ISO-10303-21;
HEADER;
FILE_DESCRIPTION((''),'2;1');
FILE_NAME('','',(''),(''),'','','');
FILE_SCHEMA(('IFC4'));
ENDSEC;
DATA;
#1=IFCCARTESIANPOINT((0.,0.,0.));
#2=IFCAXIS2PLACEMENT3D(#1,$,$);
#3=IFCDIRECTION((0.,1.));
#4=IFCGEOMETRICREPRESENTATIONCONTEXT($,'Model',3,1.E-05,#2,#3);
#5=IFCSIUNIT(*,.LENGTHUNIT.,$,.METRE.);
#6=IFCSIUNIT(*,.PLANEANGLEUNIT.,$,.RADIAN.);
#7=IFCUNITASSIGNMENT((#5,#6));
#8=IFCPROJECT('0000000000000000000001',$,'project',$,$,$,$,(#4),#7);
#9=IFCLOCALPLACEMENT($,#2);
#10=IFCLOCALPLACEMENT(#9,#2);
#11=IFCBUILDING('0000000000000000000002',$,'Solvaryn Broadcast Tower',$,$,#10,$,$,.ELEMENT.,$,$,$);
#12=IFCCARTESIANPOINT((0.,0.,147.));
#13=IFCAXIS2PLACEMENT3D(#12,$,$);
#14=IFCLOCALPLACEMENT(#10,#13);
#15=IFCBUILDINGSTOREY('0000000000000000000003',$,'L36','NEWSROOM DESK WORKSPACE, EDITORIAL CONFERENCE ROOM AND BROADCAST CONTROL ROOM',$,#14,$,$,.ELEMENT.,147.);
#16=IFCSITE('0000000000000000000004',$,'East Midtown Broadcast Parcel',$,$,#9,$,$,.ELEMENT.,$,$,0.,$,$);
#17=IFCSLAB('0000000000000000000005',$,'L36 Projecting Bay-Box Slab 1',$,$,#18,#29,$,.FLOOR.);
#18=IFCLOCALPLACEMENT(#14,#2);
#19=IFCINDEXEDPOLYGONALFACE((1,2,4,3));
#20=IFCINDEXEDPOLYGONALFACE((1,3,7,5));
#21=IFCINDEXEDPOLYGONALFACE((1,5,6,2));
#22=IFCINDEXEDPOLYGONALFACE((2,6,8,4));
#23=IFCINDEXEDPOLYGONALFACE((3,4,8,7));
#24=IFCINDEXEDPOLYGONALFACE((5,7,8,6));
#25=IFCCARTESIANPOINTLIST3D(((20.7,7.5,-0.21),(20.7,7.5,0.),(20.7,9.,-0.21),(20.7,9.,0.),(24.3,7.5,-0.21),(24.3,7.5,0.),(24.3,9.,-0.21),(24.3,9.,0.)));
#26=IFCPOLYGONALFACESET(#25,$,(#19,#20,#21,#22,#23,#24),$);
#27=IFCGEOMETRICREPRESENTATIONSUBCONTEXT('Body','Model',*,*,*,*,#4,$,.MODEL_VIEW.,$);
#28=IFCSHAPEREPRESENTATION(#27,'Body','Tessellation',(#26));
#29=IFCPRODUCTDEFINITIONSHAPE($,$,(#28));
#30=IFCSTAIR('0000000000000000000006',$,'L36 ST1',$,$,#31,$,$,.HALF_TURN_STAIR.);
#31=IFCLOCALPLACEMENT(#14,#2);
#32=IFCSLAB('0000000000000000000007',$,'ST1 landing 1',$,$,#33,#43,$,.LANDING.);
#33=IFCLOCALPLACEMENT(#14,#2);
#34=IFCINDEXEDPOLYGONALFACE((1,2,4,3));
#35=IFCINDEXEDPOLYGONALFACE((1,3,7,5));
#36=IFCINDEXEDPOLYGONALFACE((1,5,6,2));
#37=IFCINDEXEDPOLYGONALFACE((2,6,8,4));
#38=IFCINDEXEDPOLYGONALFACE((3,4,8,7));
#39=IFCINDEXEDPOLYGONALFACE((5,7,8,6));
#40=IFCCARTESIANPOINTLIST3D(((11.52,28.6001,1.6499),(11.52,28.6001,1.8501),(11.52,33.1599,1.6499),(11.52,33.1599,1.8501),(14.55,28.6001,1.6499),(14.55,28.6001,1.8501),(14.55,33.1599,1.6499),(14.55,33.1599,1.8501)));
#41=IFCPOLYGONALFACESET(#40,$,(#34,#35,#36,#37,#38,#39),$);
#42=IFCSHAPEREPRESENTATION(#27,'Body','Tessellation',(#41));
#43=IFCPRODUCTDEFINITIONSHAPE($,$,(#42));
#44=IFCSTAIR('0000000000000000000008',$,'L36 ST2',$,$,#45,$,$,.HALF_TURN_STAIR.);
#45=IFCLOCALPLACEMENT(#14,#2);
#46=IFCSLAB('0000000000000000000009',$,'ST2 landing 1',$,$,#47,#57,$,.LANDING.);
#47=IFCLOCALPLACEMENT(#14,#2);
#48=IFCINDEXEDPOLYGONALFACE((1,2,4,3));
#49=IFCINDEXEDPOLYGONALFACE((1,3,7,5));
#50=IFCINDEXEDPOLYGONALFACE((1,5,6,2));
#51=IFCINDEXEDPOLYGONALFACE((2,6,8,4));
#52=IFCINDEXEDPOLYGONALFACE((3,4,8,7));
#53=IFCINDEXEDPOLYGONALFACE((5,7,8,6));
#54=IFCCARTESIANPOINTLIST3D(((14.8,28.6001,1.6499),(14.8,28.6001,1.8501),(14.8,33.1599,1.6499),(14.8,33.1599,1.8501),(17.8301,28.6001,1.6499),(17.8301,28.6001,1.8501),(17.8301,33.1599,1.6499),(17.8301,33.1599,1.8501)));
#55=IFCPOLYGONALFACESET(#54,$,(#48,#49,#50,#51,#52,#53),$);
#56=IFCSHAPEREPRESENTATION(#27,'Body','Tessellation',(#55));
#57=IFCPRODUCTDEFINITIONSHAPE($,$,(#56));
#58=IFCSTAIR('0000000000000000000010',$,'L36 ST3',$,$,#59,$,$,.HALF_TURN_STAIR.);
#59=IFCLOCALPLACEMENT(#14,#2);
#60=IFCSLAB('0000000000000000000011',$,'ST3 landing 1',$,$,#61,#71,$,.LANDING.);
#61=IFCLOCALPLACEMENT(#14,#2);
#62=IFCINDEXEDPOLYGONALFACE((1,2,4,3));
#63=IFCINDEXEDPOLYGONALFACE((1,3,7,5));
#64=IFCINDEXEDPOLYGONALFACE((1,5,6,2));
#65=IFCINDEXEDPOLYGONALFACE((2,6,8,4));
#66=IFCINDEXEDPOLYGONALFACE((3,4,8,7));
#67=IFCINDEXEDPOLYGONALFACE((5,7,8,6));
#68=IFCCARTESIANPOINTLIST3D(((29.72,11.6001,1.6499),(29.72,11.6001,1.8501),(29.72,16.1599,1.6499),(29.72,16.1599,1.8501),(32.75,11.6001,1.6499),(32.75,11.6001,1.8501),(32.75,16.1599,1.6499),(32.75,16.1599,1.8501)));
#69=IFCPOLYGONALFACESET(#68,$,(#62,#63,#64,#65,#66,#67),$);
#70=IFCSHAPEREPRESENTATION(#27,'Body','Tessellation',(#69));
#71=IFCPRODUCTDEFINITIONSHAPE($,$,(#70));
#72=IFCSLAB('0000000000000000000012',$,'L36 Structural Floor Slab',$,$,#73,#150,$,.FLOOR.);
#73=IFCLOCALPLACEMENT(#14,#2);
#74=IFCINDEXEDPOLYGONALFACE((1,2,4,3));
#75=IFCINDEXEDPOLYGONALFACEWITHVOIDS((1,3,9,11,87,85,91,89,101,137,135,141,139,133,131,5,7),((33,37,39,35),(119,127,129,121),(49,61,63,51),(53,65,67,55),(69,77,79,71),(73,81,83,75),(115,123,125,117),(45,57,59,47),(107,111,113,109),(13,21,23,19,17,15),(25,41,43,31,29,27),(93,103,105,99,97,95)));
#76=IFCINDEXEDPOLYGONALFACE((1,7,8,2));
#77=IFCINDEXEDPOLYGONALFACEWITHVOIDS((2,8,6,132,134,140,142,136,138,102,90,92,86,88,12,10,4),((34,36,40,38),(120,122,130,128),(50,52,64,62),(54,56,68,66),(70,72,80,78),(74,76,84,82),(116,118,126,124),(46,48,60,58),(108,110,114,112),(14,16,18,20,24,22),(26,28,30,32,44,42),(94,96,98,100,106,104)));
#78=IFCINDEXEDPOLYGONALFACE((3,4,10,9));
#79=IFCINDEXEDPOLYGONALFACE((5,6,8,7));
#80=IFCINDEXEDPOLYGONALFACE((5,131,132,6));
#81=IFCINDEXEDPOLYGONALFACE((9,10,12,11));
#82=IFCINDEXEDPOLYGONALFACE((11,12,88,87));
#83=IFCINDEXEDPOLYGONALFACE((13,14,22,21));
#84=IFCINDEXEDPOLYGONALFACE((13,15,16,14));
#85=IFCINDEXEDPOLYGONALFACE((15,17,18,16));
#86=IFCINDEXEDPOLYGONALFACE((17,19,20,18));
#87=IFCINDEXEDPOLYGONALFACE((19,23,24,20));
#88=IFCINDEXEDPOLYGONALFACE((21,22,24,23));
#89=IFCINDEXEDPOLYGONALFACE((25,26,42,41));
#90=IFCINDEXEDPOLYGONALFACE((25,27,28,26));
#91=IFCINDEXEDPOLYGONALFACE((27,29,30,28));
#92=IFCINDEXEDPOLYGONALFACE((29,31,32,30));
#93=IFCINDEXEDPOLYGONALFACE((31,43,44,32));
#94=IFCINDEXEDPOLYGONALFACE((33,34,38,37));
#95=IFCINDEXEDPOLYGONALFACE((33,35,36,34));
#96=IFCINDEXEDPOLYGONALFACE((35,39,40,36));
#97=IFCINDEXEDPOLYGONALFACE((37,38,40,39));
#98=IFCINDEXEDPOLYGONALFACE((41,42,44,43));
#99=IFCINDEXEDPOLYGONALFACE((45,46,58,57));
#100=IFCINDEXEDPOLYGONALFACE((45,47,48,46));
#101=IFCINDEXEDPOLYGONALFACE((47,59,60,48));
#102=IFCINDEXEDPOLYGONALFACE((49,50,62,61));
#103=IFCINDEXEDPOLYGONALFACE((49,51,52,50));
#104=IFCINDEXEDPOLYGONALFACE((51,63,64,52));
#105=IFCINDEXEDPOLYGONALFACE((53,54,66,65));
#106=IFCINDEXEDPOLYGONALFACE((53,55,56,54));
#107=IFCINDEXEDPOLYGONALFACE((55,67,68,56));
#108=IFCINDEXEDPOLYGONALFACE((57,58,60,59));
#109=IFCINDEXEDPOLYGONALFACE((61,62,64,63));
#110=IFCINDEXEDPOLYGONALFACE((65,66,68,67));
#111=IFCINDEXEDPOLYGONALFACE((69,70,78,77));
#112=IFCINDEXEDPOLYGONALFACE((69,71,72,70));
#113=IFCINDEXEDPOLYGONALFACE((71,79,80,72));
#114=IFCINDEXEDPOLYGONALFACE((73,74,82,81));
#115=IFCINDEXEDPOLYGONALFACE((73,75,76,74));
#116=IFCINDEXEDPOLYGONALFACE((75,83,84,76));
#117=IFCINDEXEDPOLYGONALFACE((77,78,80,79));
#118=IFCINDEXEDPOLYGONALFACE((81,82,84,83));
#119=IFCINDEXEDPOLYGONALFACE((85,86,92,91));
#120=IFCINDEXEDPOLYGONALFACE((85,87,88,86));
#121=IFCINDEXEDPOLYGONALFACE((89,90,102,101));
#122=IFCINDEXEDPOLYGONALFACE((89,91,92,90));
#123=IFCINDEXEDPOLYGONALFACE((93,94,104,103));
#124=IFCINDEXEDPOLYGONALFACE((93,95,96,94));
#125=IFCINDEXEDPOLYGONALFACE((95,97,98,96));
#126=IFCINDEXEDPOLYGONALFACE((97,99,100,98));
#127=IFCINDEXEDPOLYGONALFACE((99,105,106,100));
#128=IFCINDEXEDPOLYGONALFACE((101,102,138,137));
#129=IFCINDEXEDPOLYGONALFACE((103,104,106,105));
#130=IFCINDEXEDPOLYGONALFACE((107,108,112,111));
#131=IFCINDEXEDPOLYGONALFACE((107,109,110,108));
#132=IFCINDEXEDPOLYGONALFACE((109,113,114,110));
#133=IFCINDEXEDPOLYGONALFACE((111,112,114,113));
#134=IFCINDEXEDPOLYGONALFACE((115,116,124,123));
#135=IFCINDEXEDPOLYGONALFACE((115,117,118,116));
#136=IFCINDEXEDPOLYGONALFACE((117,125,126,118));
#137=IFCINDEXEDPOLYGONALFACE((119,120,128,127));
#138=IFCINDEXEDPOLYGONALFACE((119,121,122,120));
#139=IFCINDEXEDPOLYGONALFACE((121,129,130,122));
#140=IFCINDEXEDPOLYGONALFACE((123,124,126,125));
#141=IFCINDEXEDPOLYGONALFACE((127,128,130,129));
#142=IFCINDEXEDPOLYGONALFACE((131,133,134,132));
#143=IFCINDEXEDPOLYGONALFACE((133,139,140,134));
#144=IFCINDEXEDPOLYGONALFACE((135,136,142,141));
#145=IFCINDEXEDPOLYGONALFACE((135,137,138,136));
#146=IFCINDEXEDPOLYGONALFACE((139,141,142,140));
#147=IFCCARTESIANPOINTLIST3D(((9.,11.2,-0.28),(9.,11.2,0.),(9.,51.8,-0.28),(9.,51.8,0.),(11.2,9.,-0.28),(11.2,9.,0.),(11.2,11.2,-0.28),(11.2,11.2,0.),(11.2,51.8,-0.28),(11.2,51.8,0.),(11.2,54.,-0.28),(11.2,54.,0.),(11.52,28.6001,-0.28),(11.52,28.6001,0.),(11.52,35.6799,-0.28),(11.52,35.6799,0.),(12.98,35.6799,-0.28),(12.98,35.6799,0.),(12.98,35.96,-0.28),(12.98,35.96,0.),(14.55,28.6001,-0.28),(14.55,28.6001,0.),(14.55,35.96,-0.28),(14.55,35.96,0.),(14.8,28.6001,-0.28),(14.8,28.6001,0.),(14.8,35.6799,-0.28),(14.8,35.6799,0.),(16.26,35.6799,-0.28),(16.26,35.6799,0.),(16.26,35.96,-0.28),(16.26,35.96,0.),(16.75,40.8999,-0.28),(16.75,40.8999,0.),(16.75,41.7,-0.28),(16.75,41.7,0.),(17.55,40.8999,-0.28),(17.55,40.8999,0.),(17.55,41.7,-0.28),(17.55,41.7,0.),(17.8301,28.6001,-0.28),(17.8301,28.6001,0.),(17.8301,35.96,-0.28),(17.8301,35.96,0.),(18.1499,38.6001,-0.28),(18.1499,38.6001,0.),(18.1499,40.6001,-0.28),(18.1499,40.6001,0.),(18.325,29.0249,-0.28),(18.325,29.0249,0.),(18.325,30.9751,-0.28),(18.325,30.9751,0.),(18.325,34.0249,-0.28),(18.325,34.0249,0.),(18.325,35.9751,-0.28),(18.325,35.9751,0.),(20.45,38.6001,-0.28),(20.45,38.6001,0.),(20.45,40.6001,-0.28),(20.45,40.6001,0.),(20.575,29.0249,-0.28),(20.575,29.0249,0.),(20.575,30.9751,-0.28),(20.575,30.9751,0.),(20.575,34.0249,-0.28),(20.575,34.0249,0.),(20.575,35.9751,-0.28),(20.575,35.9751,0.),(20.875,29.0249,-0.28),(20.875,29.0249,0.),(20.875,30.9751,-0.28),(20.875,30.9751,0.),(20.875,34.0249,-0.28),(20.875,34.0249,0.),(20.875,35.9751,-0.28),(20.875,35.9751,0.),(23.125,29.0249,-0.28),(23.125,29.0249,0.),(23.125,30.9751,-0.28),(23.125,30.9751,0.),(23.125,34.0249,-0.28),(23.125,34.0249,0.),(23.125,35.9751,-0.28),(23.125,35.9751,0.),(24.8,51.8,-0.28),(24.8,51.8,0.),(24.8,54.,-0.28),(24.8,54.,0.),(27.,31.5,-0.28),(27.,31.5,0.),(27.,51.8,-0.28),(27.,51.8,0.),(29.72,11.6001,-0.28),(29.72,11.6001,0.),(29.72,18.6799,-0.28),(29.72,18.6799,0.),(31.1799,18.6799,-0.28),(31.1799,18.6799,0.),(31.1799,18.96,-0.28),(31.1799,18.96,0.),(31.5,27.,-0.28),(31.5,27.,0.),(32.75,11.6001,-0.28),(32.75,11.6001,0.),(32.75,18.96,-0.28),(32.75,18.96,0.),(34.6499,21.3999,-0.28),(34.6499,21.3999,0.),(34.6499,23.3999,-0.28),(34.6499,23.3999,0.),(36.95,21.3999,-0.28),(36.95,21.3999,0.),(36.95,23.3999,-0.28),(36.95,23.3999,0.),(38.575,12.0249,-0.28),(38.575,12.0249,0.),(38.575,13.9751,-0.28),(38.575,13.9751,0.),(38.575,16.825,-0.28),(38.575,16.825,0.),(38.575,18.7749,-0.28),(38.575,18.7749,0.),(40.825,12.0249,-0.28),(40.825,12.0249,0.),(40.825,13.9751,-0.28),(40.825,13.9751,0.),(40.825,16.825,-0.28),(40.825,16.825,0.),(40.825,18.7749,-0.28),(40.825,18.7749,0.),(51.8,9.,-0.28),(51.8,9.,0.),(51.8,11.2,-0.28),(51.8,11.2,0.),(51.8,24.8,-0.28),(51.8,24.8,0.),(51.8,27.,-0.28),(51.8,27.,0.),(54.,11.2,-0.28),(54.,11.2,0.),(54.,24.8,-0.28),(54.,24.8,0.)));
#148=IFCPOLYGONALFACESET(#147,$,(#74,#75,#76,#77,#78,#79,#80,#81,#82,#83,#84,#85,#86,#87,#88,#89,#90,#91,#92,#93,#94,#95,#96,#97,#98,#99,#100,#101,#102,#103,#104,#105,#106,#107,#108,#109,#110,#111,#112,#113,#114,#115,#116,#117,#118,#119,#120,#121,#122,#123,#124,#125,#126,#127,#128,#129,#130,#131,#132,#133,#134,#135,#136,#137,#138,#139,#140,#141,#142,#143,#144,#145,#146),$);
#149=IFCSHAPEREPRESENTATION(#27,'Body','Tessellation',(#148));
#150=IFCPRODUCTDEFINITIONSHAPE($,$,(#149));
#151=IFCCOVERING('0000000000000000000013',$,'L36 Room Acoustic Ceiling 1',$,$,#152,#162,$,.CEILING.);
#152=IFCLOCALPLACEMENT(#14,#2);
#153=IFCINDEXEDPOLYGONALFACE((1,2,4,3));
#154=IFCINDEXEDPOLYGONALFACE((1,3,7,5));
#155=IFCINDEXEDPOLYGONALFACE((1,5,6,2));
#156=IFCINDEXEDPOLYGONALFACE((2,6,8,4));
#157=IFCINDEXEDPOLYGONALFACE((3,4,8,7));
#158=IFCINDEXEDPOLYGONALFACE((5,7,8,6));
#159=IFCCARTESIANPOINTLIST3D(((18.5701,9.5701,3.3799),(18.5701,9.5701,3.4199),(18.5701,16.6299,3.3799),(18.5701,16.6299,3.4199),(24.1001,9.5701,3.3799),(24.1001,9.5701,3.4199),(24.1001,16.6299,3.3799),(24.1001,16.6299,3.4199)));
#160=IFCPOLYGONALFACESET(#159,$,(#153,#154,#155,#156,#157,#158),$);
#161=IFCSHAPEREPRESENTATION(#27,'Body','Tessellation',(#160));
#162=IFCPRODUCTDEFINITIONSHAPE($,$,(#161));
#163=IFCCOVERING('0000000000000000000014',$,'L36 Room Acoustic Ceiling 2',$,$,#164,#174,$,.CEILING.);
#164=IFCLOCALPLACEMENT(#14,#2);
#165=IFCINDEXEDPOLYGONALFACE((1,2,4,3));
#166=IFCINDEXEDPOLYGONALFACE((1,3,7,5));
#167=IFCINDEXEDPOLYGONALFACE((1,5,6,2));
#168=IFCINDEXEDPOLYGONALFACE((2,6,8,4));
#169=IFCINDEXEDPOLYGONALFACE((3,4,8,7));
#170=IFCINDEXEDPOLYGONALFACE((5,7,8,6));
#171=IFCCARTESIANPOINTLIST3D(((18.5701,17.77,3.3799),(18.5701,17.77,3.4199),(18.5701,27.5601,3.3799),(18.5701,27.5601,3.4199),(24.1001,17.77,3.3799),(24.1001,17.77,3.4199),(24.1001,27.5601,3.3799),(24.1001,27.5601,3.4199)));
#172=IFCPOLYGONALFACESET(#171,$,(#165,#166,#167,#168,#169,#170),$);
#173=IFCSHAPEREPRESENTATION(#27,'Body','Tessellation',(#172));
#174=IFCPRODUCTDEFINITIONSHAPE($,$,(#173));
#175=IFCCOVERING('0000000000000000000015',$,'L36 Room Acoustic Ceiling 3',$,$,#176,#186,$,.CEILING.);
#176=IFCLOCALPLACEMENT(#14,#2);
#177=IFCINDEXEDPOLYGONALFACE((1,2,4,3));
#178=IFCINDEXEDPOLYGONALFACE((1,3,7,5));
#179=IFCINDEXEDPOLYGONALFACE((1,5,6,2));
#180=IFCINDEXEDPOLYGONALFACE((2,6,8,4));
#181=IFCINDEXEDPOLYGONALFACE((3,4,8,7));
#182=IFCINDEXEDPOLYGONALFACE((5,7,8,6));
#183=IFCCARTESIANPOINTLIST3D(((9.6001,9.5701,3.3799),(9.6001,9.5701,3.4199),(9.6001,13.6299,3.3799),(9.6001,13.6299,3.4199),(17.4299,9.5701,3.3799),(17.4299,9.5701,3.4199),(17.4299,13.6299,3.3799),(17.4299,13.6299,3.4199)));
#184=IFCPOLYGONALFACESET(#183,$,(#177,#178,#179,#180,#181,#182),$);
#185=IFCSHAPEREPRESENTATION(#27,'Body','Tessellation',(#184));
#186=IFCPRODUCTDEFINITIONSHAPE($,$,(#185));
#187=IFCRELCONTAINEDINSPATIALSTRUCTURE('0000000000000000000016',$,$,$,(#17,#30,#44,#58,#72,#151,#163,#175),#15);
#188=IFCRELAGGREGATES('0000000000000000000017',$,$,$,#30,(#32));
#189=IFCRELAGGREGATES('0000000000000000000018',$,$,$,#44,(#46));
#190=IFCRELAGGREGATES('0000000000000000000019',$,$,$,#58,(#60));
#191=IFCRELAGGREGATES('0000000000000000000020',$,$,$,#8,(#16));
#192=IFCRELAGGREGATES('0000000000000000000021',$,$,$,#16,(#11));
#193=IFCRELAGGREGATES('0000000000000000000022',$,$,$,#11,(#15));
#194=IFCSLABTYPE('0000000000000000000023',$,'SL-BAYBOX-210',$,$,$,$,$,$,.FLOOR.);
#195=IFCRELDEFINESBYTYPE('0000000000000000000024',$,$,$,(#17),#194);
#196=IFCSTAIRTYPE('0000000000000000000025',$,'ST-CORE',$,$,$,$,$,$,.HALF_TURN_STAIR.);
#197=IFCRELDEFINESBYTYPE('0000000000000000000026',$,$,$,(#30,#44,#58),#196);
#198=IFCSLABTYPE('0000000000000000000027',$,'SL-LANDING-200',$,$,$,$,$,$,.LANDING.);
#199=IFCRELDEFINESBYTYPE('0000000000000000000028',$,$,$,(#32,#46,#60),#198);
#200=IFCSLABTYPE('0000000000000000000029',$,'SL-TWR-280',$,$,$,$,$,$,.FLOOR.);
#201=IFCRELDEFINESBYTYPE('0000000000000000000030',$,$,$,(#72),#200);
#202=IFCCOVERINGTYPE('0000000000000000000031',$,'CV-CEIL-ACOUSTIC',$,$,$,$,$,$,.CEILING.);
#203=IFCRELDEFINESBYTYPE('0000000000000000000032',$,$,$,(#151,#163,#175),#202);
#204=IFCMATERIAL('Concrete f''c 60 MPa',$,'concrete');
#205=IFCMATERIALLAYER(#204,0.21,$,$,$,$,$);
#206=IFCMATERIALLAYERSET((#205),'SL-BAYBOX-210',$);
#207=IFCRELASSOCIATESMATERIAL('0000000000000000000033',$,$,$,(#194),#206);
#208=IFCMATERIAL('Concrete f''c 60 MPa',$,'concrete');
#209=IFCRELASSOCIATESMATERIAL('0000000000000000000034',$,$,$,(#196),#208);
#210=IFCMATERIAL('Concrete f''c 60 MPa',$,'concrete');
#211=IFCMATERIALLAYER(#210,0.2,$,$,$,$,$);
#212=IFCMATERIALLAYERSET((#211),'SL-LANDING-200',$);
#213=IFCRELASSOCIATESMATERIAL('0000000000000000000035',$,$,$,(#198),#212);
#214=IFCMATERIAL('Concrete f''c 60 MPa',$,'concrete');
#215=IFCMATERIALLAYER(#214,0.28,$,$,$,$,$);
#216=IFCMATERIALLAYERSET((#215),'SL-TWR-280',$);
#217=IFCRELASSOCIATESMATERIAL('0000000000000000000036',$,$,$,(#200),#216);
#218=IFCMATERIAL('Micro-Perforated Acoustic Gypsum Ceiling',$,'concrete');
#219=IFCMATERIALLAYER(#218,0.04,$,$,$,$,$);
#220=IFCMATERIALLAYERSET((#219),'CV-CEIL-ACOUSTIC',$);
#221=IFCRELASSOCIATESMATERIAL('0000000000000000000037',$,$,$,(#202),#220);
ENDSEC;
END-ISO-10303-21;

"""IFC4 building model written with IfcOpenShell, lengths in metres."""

from ifc_helpers import new_model, si_unit, direction, frame, origin, place, context, subcontext, project, spatial, polyline, outline, extrude, material, layer, layer_set, type_object, element, aggregate, save


model = new_model("IFC4")

# Units and contexts
model_context = context("Model", 3, precision=1e-05, world=origin(), true_north=direction((0.0, 1.0)))
body_context = subcontext(model_context, "Body", "Model", "MODEL_VIEW")
ifc_project = project(units=[si_unit("LENGTHUNIT", "METRE"), si_unit("PLANEANGLEUNIT", "RADIAN")], contexts=[model_context])

# Site, building, storey
site_placement = place(None, origin())
site = spatial("IfcSite", under=ifc_project, at=site_placement, Name="East Midtown Broadcast Parcel", CompositionType="ELEMENT", RefElevation=0.0)
building_placement = place(site_placement, origin())
building = spatial("IfcBuilding", under=site, at=building_placement, Name="Solvaryn Broadcast Tower", CompositionType="ELEMENT")
storey_placement = place(building_placement, frame((0.0, 0.0, 147.0)))
storey = spatial("IfcBuildingStorey", under=building, at=storey_placement, Name="L36", Description="NEWSROOM DESK WORKSPACE, EDITORIAL CONFERENCE ROOM AND BROADCAST CONTROL ROOM", CompositionType="ELEMENT", Elevation=147.0)

# Slab
ifc_material_1 = material(Name="Concrete f'c 60 MPa", Category="concrete")
ifc_layer_1 = layer(ifc_material_1, 0.21)
ifc_layer_set_1 = layer_set([ifc_layer_1], Name="SL-BAYBOX-210")
slab_type_1 = type_object("IfcSlabType", Name="SL-BAYBOX-210", PredefinedType="FLOOR", material=ifc_layer_set_1)
slab_1_placement = place(storey_placement, frame((0.0, 0.0, -0.21)))
element("IfcSlab", 1, at=slab_1_placement, inside=storey, type_object=slab_type_1, Name="L36 Projecting Bay-Box Slab 1", PredefinedType="FLOOR", context=body_context, shape_type="SweptSolid", body=[
    extrude(outline(polyline([(20.7, 7.5), (24.3, 7.5), (24.3, 9.0), (20.7, 9.0), (20.7, 7.5)])), origin(), (0.0, 0.0, 1.0), 0.21),
])

# Stairs, slabs
ifc_material_2 = material(Name="Concrete f'c 60 MPa", Category="concrete")
stair_type = type_object("IfcStairType", Name="ST-CORE", PredefinedType="HALF_TURN_STAIR", material=ifc_material_2)
stair_1_placement = place(storey_placement, origin())
stair_1 = element("IfcStair", 2, at=stair_1_placement, inside=storey, type_object=stair_type, Name="L36 ST1", PredefinedType="HALF_TURN_STAIR")
ifc_material_3 = material(Name="Concrete f'c 60 MPa", Category="concrete")
ifc_layer_2 = layer(ifc_material_3, 0.2)
ifc_layer_set_2 = layer_set([ifc_layer_2], Name="SL-LANDING-200")
slab_type_2 = type_object("IfcSlabType", Name="SL-LANDING-200", PredefinedType="LANDING", material=ifc_layer_set_2)
slab_2_placement = place(storey_placement, frame((0.0, 0.0, 1.6499)))
slab_2 = element("IfcSlab", 3, at=slab_2_placement, type_object=slab_type_2, Name="ST1 landing 1", PredefinedType="LANDING", context=body_context, shape_type="SweptSolid", body=[
    extrude(outline(polyline([(11.52, 33.1599), (11.52, 28.6001), (14.55, 28.6001), (14.55, 33.1599), (11.52, 33.1599)])), origin(), (0.0, 0.0, 1.0), 0.2002),
])
aggregate(stair_1, [slab_2])
stair_2_placement = place(storey_placement, origin())
stair_2 = element("IfcStair", 4, at=stair_2_placement, inside=storey, type_object=stair_type, Name="L36 ST2", PredefinedType="HALF_TURN_STAIR")
slab_3_placement = place(storey_placement, frame((0.0, 0.0, 1.6499)))
slab_3 = element("IfcSlab", 5, at=slab_3_placement, type_object=slab_type_2, Name="ST2 landing 1", PredefinedType="LANDING", context=body_context, shape_type="SweptSolid", body=[
    extrude(outline(polyline([(14.8, 33.1599), (14.8, 28.6001), (17.8301, 28.6001), (17.8301, 33.1599), (14.8, 33.1599)])), origin(), (0.0, 0.0, 1.0), 0.2002),
])
aggregate(stair_2, [slab_3])
stair_3_placement = place(storey_placement, origin())
stair_3 = element("IfcStair", 6, at=stair_3_placement, inside=storey, type_object=stair_type, Name="L36 ST3", PredefinedType="HALF_TURN_STAIR")
slab_4_placement = place(storey_placement, frame((0.0, 0.0, 1.6499)))
slab_4 = element("IfcSlab", 7, at=slab_4_placement, type_object=slab_type_2, Name="ST3 landing 1", PredefinedType="LANDING", context=body_context, shape_type="SweptSolid", body=[
    extrude(outline(polyline([(29.72, 16.1599), (29.72, 11.6001), (32.75, 11.6001), (32.75, 16.1599), (29.72, 16.1599)])), origin(), (0.0, 0.0, 1.0), 0.2002),
])
aggregate(stair_3, [slab_4])

# Slab
ifc_material_4 = material(Name="Concrete f'c 60 MPa", Category="concrete")
ifc_layer_3 = layer(ifc_material_4, 0.28)
ifc_layer_set_3 = layer_set([ifc_layer_3], Name="SL-TWR-280")
slab_type_3 = type_object("IfcSlabType", Name="SL-TWR-280", PredefinedType="FLOOR", material=ifc_layer_set_3)
slab_5_placement = place(storey_placement, frame((0.0, 0.0, -0.28)))
element("IfcSlab", 8, at=slab_5_placement, inside=storey, type_object=slab_type_3, Name="L36 Structural Floor Slab", PredefinedType="FLOOR", context=body_context, shape_type="SweptSolid", body=[
    extrude(outline(polyline([(11.2, 9.0), (51.8, 9.0), (51.8, 11.2), (54.0, 11.2), (54.0, 24.8), (51.8, 24.8), (51.8, 27.0), (31.5, 27.0), (27.0, 31.5), (27.0, 51.8), (24.8, 51.8), (24.8, 54.0), (11.2, 54.0), (11.2, 51.8), (9.0, 51.8), (9.0, 11.2), (11.2, 11.2), (11.2, 9.0)]), holes=[polyline([(11.52, 28.6001), (14.55, 28.6001), (14.55, 35.96), (12.98, 35.96), (12.98, 35.6799), (11.52, 35.6799), (11.52, 28.6001)]), polyline([(14.8, 28.6001), (17.8301, 28.6001), (17.8301, 35.96), (16.26, 35.96), (16.26, 35.6799), (14.8, 35.6799), (14.8, 28.6001)]), polyline([(29.72, 11.6001), (32.75, 11.6001), (32.75, 18.96), (31.1799, 18.96), (31.1799, 18.6799), (29.72, 18.6799), (29.72, 11.6001)]), polyline([(18.1499, 38.6001), (20.45, 38.6001), (20.45, 40.6001), (18.1499, 40.6001), (18.1499, 38.6001)]), polyline([(18.325, 29.0249), (20.575, 29.0249), (20.575, 30.9751), (18.325, 30.9751), (18.325, 29.0249)]), polyline([(20.875, 29.0249), (23.125, 29.0249), (23.125, 30.9751), (20.875, 30.9751), (20.875, 29.0249)]), polyline([(18.325, 34.0249), (20.575, 34.0249), (20.575, 35.9751), (18.325, 35.9751), (18.325, 34.0249)]), polyline([(20.875, 34.0249), (23.125, 34.0249), (23.125, 35.9751), (20.875, 35.9751), (20.875, 34.0249)]), polyline([(34.6499, 21.3999), (36.95, 21.3999), (36.95, 23.3999), (34.6499, 23.3999), (34.6499, 21.3999)]), polyline([(38.575, 12.0249), (40.825, 12.0249), (40.825, 13.9751), (38.575, 13.9751), (38.575, 12.0249)]), polyline([(38.575, 16.825), (40.825, 16.825), (40.825, 18.7749), (38.575, 18.7749), (38.575, 16.825)]), polyline([(16.75, 40.8999), (17.55, 40.8999), (17.55, 41.7), (16.75, 41.7), (16.75, 40.8999)])]), origin(), (0.0, 0.0, 1.0), 0.28),
])

# Coverings
ifc_material_5 = material(Name="Micro-Perforated Acoustic Gypsum Ceiling", Category="concrete")
ifc_layer_4 = layer(ifc_material_5, 0.04)
ifc_layer_set_4 = layer_set([ifc_layer_4], Name="CV-CEIL-ACOUSTIC")
covering_type_1 = type_object("IfcCoveringType", Name="CV-CEIL-ACOUSTIC", PredefinedType="CEILING", material=ifc_layer_set_4)
covering_1_placement = place(storey_placement, frame((0.0, 0.0, 3.3799)))
element("IfcCovering", 9, at=covering_1_placement, inside=storey, type_object=covering_type_1, Name="L36 Room Acoustic Ceiling 1", PredefinedType="CEILING", context=body_context, shape_type="SweptSolid", body=[
    extrude(outline(polyline([(18.5701, 9.5701), (24.1001, 9.5701), (24.1001, 16.6299), (18.5701, 16.6299), (18.5701, 9.5701)])), origin(), (0.0, 0.0, 1.0), 0.04),
])
covering_2_placement = place(storey_placement, frame((0.0, 0.0, 3.3799)))
element("IfcCovering", 10, at=covering_2_placement, inside=storey, type_object=covering_type_1, Name="L36 Room Acoustic Ceiling 2", PredefinedType="CEILING", context=body_context, shape_type="SweptSolid", body=[
    extrude(outline(polyline([(18.5701, 17.77), (24.1001, 17.77), (24.1001, 27.5601), (18.5701, 27.5601), (18.5701, 17.77)])), origin(), (0.0, 0.0, 1.0), 0.04),
])
covering_3_placement = place(storey_placement, frame((0.0, 0.0, 3.3799)))
element("IfcCovering", 11, at=covering_3_placement, inside=storey, type_object=covering_type_1, Name="L36 Room Acoustic Ceiling 3", PredefinedType="CEILING", context=body_context, shape_type="SweptSolid", body=[
    extrude(outline(polyline([(9.6001, 9.5701), (17.4299, 9.5701), (17.4299, 13.6299), (9.6001, 13.6299), (9.6001, 9.5701)])), origin(), (0.0, 0.0, 1.0), 0.04),
])

save(model, "model.ifc")
